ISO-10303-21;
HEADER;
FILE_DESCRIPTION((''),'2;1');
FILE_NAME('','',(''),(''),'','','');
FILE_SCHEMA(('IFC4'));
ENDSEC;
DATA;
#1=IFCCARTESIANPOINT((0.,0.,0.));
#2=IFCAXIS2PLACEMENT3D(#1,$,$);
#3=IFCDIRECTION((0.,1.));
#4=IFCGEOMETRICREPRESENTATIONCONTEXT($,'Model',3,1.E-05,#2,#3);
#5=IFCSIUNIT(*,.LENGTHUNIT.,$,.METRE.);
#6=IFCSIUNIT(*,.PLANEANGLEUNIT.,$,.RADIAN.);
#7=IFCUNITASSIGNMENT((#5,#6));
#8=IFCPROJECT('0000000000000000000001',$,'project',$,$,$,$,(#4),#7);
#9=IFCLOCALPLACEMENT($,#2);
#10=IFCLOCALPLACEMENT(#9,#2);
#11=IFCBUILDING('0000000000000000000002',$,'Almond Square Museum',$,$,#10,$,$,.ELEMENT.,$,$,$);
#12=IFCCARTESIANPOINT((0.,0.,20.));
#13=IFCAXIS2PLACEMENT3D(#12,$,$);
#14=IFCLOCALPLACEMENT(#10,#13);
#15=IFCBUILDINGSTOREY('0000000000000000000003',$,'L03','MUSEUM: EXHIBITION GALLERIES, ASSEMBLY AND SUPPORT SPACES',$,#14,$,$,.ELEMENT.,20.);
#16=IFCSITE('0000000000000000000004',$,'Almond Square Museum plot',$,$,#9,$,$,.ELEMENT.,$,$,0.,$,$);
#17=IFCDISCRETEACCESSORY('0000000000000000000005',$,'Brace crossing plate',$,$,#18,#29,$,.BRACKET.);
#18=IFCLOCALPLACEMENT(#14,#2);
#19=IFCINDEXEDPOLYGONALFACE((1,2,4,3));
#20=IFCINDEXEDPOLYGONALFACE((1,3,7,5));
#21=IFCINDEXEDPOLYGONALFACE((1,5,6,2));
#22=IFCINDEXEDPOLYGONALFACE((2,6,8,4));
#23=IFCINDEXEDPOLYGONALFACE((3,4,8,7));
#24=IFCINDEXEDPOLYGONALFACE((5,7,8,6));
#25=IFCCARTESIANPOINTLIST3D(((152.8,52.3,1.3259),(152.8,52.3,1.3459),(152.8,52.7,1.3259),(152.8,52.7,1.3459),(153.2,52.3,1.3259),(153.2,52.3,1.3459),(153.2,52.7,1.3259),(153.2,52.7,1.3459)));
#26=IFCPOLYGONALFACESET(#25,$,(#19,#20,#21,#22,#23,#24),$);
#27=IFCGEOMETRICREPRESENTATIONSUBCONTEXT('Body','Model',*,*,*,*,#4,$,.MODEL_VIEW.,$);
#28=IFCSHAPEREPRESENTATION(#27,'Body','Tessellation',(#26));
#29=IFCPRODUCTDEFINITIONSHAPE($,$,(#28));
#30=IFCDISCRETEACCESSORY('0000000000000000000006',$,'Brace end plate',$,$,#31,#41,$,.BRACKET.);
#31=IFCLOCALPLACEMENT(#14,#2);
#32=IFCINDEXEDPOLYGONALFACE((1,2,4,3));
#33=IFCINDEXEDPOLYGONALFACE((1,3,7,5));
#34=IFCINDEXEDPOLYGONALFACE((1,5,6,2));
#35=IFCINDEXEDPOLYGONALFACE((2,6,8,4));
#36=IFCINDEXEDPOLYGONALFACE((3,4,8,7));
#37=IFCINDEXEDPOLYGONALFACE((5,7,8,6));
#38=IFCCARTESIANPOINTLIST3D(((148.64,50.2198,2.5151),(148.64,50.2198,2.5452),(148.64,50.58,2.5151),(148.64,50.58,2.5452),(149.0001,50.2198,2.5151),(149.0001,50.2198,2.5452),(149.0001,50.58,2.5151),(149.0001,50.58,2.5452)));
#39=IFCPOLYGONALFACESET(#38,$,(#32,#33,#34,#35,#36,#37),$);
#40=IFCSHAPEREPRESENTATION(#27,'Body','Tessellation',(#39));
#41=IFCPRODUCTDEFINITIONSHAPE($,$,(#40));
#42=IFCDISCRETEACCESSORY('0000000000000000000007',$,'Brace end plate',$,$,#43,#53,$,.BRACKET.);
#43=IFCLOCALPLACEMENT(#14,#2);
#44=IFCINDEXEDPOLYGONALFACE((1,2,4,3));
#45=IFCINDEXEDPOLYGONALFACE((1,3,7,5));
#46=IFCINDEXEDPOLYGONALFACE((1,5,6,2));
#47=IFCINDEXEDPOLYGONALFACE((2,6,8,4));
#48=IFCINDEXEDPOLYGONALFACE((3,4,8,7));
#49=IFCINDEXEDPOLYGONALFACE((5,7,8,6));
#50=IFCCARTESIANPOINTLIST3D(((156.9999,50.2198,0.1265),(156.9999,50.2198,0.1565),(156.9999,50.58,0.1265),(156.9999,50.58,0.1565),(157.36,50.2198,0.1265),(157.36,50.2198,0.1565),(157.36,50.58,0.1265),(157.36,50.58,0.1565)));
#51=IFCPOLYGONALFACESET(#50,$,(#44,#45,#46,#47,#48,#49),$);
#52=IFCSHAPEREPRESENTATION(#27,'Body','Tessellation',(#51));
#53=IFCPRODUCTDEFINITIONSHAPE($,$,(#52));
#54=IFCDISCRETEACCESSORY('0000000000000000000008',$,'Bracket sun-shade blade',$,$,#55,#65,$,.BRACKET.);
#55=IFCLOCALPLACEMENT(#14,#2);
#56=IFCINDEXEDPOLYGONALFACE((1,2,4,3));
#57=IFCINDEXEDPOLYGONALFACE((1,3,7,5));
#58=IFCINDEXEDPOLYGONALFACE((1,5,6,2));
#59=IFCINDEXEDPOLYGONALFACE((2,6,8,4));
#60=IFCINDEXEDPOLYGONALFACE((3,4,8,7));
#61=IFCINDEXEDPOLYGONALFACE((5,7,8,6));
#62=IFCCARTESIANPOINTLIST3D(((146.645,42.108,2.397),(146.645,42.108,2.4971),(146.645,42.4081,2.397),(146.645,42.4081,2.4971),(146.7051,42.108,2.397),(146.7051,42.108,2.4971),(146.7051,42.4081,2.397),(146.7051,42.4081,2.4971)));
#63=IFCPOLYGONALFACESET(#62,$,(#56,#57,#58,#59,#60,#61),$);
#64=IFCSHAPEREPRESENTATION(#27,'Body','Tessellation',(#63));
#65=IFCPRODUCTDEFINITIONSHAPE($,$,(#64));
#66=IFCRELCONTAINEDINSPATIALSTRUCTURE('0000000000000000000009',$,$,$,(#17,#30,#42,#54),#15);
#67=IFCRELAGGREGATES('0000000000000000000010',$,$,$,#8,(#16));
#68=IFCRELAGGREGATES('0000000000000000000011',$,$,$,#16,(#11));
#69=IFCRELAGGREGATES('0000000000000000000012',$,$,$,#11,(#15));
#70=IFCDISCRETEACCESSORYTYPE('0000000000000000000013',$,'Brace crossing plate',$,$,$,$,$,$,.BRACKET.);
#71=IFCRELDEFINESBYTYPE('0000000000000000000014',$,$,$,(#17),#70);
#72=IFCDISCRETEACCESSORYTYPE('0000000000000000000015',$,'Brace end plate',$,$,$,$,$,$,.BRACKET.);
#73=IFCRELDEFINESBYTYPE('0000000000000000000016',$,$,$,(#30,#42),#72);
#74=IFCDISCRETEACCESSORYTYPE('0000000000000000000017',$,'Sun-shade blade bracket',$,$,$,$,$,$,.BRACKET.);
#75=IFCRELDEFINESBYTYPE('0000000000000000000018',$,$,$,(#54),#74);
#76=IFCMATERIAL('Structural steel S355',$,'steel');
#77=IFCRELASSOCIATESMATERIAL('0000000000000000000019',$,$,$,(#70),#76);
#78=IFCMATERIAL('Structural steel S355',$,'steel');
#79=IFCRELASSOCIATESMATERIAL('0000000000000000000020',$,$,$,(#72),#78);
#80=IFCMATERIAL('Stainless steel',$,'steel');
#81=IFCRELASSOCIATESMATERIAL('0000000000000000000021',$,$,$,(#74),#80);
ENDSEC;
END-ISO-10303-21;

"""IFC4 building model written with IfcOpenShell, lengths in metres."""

from ifc_helpers import new_model, si_unit, direction, frame, origin, origin_2d, place, context, subcontext, project, spatial, rectangle, extrude, material, type_object, element, save


model = new_model("IFC4")

# Units and contexts
model_context = context("Model", 3, precision=1e-05, world=origin(), true_north=direction((0.0, 1.0)))
body_context = subcontext(model_context, "Body", "Model", "MODEL_VIEW")
ifc_project = project(units=[si_unit("LENGTHUNIT", "METRE"), si_unit("PLANEANGLEUNIT", "RADIAN")], contexts=[model_context])

# Site, building, storey
site_placement = place(None, origin())
site = spatial("IfcSite", under=ifc_project, at=site_placement, Name="Almond Square Museum plot", CompositionType="ELEMENT", RefElevation=0.0)
building_placement = place(site_placement, origin())
building = spatial("IfcBuilding", under=site, at=building_placement, Name="Almond Square Museum", CompositionType="ELEMENT")
storey_placement = place(building_placement, frame((0.0, 0.0, 20.0)))
storey = spatial("IfcBuildingStorey", under=building, at=storey_placement, Name="L03", Description="MUSEUM: EXHIBITION GALLERIES, ASSEMBLY AND SUPPORT SPACES", CompositionType="ELEMENT", Elevation=20.0)

# Discrete accessories
ifc_material_1 = material(Name="Structural steel S355", Category="steel")
discrete_accessory_type_1 = type_object("IfcDiscreteAccessoryType", Name="Brace crossing plate", PredefinedType="BRACKET", material=ifc_material_1)
discrete_accessory_1_placement = place(storey_placement, frame((153.0, 52.5, 1.3259), z_axis=(0.0, 0.0, 1.0), x_axis=(1.0, 0.0, 0.0)))
element("IfcDiscreteAccessory", 1, at=discrete_accessory_1_placement, inside=storey, type_object=discrete_accessory_type_1, Name="Brace crossing plate", PredefinedType="BRACKET", context=body_context, shape_type="SweptSolid", body=[
    extrude(rectangle(XDim=0.3999, YDim=0.3999, at=origin_2d()), origin(), (0.0, 0.0, 1.0), 0.02),
])
ifc_material_2 = material(Name="Structural steel S355", Category="steel")
discrete_accessory_type_2 = type_object("IfcDiscreteAccessoryType", Name="Brace end plate", PredefinedType="BRACKET", material=ifc_material_2)
for number, where, z_axis, x_axis, name in (
    (2, (148.8201, 50.3999, 2.5151), (0.0, 0.0, 1.0), (1.0, 0.0, 0.0), "Brace end plate"),
    (3, (157.1799, 50.3999, 0.1265), (0.0, 0.0, 1.0), (1.0, 0.0, 0.0), "Brace end plate"),
):
    element("IfcDiscreteAccessory", number, at=place(storey_placement, frame(where, z_axis=z_axis, x_axis=x_axis)), inside=storey, type_object=discrete_accessory_type_2, Name=name, PredefinedType="BRACKET", context=body_context, shape_type="SweptSolid", body=[
        extrude(rectangle(XDim=0.3601, YDim=0.3601, at=origin_2d()), origin(), (0.0, 0.0, 1.0), 0.03),
    ])
ifc_material_3 = material(Name="Stainless steel", Category="steel")
discrete_accessory_type_3 = type_object("IfcDiscreteAccessoryType", Name="Sun-shade blade bracket", PredefinedType="BRACKET", material=ifc_material_3)
discrete_accessory_2_placement = place(storey_placement, frame((146.675, 42.2581, 2.397), z_axis=(0.0, 0.0, 1.0), x_axis=(1.0, 0.0, 0.0)))
element("IfcDiscreteAccessory", 4, at=discrete_accessory_2_placement, inside=storey, type_object=discrete_accessory_type_3, Name="Bracket sun-shade blade", PredefinedType="BRACKET", context=body_context, shape_type="SweptSolid", body=[
    extrude(rectangle(XDim=0.0601, YDim=0.3, at=origin_2d()), origin(), (0.0, 0.0, 1.0), 0.1001),
])

save(model, "model.ifc")
